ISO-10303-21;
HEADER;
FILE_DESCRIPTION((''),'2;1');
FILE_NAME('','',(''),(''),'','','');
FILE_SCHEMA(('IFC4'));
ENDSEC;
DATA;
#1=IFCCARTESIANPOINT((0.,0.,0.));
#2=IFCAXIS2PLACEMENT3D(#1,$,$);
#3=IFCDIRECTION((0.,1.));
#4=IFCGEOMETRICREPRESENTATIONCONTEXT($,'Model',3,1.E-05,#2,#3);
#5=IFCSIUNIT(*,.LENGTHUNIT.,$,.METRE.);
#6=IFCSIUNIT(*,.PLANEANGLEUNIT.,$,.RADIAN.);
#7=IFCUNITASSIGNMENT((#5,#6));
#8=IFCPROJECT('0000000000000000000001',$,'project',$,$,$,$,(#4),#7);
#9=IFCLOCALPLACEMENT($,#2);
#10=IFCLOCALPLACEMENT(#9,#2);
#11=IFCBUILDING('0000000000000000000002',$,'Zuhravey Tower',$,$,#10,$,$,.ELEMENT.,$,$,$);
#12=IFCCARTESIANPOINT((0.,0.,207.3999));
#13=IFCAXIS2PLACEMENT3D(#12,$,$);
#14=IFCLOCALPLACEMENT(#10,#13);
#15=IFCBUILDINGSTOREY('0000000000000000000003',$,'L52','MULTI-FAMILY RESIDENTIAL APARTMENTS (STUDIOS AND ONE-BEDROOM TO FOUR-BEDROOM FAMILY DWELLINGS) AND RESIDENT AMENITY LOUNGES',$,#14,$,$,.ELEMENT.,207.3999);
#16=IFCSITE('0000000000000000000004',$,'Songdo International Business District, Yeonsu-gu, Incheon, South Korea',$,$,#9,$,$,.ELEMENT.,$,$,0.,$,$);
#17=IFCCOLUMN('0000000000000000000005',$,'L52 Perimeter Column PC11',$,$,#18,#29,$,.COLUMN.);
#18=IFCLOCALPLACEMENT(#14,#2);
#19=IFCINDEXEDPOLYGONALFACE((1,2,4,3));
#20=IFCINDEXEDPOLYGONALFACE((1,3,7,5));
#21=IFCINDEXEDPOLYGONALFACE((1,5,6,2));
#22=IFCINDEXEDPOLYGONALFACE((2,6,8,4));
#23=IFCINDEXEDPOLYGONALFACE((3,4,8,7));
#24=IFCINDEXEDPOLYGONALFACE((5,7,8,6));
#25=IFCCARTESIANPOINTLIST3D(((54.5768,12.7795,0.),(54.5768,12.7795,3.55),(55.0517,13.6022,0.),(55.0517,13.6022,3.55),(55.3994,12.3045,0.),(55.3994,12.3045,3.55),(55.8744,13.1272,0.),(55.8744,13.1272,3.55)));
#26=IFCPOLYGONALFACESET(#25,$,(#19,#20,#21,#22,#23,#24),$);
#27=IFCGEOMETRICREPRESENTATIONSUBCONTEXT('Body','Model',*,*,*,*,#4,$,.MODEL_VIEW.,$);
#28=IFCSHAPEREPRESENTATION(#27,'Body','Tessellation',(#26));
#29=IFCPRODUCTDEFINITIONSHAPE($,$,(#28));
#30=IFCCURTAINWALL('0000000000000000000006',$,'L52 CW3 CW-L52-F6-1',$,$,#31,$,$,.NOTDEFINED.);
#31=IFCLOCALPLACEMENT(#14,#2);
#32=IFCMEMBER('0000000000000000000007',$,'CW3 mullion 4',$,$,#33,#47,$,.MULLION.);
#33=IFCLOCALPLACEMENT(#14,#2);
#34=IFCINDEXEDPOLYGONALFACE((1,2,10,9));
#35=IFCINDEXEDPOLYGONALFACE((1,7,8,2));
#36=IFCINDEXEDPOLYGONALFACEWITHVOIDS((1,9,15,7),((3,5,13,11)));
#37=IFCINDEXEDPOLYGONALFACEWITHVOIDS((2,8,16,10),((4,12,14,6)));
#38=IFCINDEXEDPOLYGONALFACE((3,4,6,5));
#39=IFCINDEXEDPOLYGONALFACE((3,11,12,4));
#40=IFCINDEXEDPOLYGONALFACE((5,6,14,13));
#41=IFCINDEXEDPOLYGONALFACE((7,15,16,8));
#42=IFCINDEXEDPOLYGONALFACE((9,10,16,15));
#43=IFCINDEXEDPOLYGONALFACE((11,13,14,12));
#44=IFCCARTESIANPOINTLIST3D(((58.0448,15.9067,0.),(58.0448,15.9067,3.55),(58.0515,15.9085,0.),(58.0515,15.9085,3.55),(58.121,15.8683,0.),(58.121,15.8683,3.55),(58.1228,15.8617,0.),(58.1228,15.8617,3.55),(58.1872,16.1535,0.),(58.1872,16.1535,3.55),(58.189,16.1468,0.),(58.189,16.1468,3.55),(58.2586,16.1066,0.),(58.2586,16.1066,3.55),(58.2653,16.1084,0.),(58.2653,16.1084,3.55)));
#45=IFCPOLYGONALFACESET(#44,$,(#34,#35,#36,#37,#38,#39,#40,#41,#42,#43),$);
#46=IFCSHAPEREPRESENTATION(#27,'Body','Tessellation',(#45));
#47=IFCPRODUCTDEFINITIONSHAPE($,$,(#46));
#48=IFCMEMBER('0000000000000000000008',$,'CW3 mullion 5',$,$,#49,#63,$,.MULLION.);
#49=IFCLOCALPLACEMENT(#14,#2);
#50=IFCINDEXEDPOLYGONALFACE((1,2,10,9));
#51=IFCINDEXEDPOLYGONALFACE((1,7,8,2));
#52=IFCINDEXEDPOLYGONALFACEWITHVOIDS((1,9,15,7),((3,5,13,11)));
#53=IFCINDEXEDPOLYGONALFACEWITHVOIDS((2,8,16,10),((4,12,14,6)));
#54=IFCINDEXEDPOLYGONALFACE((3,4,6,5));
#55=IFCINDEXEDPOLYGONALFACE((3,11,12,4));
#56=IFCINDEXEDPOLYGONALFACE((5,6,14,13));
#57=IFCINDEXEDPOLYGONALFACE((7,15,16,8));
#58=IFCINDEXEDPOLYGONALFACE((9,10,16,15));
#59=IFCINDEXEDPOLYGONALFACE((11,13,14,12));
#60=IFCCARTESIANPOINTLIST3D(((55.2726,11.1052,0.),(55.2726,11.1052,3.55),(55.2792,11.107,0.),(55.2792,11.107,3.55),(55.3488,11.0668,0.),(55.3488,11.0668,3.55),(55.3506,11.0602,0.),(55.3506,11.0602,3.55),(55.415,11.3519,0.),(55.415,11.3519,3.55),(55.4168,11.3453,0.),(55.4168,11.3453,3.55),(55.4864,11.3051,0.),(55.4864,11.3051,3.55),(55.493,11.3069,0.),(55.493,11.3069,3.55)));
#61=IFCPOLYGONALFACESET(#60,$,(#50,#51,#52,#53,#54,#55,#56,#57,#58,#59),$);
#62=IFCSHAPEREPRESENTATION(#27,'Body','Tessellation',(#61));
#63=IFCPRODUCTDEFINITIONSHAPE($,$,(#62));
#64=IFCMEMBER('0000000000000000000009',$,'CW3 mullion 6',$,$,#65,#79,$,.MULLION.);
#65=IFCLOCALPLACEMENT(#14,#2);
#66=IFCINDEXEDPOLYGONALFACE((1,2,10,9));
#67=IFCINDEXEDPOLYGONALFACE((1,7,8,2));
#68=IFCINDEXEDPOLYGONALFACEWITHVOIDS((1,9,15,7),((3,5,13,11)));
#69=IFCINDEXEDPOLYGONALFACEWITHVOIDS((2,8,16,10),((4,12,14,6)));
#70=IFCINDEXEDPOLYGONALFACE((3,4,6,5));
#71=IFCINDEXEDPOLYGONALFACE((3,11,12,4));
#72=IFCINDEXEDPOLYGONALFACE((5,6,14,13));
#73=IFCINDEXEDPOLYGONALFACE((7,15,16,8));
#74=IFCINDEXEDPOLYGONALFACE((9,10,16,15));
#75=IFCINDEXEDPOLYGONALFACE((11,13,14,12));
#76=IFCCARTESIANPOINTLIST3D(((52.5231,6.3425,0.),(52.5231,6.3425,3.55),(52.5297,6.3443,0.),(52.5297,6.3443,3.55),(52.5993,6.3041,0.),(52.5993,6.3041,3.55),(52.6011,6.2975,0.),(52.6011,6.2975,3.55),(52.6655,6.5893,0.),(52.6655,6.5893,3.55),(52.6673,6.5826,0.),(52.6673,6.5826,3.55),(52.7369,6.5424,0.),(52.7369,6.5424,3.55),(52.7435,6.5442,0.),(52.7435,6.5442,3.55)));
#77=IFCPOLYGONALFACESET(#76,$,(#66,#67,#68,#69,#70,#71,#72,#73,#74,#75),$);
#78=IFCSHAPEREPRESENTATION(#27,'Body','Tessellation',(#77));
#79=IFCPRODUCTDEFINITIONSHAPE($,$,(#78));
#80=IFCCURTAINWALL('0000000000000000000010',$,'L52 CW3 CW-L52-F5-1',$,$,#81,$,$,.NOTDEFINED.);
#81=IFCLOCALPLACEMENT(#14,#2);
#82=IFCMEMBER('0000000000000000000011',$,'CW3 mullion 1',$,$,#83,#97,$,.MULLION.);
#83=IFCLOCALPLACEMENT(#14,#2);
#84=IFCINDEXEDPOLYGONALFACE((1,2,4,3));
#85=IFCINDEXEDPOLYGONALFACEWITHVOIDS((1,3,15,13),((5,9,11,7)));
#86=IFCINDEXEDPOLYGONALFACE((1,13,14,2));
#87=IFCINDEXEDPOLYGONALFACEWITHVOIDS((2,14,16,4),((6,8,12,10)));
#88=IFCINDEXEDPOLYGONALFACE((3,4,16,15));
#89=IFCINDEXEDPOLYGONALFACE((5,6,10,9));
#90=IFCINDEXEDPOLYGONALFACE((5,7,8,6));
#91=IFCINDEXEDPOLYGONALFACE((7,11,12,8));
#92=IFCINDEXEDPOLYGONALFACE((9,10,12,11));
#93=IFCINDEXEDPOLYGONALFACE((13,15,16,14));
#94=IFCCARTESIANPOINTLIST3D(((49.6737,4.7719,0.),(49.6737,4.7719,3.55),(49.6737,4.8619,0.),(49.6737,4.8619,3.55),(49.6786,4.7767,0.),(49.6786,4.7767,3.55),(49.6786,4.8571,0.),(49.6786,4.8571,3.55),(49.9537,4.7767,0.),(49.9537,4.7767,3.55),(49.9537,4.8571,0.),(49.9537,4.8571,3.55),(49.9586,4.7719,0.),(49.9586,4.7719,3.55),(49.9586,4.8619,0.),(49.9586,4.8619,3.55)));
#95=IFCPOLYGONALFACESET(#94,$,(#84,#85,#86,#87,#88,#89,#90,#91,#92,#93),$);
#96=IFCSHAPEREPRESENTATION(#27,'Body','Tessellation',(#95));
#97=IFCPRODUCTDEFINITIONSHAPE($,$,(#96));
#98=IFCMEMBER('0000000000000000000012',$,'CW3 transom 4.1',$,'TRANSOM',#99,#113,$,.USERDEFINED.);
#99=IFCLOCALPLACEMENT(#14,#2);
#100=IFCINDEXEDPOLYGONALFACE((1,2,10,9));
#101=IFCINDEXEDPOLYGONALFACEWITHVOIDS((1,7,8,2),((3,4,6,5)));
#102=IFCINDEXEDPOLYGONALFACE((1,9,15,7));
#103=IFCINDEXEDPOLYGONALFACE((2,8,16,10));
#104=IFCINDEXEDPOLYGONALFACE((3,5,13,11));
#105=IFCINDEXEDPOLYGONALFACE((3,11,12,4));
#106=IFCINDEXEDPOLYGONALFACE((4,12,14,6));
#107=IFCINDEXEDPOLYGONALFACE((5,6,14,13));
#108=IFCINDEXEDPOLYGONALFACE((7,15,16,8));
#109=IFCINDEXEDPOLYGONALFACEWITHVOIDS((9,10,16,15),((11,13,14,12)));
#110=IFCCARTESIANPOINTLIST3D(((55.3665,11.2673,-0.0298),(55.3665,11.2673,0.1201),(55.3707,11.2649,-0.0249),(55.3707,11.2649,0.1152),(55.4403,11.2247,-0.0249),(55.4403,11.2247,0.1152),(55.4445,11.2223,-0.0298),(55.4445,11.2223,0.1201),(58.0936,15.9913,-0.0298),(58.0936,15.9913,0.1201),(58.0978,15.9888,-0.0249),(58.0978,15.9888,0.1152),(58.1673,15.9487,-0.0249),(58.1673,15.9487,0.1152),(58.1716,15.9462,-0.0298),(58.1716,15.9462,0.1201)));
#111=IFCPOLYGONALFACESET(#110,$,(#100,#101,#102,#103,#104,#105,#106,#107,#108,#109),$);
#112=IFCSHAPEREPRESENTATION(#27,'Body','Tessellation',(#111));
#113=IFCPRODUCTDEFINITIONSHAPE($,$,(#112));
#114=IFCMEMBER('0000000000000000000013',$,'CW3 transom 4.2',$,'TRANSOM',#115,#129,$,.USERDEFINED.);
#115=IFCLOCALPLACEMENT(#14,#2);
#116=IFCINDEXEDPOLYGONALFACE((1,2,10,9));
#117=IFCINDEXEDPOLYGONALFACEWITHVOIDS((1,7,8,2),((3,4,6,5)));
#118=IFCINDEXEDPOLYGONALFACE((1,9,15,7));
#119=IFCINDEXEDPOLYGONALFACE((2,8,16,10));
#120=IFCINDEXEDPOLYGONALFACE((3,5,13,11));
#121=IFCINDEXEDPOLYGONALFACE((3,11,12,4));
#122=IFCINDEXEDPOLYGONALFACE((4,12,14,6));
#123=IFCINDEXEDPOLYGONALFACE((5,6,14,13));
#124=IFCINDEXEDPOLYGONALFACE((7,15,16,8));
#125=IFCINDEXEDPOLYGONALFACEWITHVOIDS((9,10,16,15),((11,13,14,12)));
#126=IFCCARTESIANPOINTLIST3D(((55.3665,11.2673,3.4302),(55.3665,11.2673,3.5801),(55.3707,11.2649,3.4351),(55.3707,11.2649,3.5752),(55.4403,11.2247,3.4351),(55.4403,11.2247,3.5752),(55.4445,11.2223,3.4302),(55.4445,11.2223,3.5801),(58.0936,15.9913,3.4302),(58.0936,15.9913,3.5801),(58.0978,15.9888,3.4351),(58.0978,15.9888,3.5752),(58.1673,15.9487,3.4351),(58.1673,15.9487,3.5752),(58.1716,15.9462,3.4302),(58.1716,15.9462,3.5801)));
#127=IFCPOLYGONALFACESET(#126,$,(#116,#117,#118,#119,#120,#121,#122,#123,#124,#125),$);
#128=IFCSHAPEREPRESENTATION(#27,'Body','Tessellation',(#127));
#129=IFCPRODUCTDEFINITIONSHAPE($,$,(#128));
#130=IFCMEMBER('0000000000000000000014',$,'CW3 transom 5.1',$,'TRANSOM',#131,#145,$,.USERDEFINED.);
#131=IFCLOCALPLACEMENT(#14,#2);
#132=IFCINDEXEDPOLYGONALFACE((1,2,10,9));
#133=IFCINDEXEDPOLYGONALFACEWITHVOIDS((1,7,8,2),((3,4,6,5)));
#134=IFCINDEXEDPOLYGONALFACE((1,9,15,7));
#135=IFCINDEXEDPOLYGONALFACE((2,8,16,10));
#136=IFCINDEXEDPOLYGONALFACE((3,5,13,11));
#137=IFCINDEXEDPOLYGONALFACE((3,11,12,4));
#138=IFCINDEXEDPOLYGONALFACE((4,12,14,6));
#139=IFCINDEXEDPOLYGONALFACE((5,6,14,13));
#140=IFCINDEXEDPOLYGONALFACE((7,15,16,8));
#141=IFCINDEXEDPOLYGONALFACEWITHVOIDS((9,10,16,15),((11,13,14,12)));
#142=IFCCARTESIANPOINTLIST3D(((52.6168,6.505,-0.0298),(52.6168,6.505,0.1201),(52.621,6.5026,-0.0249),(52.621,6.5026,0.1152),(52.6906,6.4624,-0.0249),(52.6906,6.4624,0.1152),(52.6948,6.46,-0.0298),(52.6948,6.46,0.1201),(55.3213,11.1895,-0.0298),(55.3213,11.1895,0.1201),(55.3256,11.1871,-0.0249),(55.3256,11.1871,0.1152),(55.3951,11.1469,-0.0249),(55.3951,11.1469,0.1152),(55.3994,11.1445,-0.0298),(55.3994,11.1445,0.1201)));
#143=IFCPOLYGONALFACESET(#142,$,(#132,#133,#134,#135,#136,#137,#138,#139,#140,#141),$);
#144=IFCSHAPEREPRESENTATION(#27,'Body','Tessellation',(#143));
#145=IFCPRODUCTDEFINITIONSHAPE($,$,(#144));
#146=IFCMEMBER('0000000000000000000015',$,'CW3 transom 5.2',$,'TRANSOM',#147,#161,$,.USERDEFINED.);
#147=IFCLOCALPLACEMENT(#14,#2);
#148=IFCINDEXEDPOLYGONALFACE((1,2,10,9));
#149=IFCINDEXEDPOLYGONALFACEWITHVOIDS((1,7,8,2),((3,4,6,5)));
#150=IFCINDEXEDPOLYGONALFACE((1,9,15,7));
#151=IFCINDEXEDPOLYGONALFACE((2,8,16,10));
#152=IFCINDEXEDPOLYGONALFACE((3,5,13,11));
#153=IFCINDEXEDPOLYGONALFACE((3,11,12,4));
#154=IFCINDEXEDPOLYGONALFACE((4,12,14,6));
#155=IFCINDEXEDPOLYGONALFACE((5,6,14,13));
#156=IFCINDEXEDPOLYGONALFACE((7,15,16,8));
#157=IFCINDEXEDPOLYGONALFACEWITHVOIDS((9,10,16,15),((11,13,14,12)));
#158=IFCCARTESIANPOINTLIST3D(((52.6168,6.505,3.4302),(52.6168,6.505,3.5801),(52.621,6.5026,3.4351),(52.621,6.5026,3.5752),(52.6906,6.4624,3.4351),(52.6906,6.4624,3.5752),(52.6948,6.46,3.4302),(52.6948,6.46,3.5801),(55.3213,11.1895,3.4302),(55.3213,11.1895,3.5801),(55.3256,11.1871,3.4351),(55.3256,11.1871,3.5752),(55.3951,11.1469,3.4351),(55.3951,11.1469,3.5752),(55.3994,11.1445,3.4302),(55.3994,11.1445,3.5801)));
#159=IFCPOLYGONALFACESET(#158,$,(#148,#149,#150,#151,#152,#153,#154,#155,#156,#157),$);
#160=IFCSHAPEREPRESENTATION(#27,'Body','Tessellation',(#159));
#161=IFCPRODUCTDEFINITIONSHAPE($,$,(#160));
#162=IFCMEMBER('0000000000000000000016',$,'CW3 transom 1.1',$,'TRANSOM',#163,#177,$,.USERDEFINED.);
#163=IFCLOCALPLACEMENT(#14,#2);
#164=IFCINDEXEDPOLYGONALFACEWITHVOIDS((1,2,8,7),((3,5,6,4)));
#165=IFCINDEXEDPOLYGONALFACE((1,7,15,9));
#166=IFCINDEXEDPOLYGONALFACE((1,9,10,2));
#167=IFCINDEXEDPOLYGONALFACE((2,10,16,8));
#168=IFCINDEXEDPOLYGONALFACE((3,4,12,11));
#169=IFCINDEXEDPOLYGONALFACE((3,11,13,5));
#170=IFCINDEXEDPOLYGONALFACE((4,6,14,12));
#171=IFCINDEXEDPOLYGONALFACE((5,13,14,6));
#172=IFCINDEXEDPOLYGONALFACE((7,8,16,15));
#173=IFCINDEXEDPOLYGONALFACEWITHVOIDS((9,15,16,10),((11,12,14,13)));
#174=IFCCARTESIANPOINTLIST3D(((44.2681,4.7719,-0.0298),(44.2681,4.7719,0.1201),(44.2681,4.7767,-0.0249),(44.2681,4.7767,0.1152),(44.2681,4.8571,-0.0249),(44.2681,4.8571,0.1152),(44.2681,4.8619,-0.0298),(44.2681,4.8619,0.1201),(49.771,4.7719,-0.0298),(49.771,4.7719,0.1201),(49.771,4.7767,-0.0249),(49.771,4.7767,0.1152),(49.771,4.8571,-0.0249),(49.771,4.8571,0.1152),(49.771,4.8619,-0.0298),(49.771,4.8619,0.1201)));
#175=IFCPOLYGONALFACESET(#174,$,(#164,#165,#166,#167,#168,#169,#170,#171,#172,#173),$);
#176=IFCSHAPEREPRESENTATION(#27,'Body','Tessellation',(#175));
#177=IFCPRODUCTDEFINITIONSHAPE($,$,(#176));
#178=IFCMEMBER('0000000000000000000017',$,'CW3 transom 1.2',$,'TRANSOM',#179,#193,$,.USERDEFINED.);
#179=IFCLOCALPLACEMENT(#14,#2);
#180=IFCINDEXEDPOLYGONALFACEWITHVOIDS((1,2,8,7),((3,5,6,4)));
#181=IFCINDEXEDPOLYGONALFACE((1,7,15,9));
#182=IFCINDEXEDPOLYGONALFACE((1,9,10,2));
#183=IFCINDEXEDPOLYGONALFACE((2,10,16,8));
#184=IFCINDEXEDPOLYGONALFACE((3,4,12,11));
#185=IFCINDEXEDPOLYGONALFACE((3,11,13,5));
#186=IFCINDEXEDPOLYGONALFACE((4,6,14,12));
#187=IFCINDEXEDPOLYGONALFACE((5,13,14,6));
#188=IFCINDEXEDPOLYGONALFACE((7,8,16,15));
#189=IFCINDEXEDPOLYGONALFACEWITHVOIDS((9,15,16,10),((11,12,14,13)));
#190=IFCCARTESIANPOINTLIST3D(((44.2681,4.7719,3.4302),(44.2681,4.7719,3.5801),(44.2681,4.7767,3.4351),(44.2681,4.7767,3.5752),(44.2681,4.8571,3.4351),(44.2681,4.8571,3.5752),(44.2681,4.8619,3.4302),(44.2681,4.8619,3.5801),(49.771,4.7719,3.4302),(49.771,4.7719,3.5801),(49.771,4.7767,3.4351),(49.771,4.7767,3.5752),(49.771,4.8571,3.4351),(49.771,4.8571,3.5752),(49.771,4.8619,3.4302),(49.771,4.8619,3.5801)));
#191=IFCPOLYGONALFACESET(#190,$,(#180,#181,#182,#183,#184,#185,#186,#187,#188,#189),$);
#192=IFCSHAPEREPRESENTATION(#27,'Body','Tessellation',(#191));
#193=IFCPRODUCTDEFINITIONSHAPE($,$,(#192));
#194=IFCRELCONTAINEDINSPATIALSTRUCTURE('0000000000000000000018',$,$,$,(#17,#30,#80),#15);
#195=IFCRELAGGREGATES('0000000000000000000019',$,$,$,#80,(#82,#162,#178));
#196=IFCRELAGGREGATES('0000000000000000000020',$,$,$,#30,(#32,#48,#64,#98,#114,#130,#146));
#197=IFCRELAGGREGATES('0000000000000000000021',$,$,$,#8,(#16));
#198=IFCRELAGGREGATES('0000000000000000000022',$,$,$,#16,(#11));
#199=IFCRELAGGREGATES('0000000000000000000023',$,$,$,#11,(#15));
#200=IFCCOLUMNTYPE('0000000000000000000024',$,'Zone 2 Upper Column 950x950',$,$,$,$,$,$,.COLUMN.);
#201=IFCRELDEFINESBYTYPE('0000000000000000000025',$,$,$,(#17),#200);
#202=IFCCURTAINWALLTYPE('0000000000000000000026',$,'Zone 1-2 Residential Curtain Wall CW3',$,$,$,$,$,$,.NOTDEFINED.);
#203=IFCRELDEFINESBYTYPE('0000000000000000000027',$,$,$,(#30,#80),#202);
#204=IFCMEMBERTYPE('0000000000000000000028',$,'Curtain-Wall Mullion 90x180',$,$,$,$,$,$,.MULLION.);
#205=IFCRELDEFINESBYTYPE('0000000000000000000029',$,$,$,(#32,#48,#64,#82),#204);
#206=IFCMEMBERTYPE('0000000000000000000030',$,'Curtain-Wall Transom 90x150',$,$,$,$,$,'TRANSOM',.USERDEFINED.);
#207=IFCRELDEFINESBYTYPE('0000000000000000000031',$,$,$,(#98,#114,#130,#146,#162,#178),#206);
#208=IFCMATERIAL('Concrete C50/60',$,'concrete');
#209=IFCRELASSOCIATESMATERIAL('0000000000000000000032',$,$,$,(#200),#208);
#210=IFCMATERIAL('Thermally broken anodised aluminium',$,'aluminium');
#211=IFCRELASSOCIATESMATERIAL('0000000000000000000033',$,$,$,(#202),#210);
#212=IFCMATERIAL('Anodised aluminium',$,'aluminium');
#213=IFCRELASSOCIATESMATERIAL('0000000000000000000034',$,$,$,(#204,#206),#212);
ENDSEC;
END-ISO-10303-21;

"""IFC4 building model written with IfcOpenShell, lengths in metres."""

from ifc_helpers import new_model, si_unit, direction, frame, origin, origin_2d, place, context, subcontext, project, spatial, rectangle, hollow_rectangle, extrude, material, material_profile, profile_set, type_object, element, aggregate, save


model = new_model("IFC4")

# Units and contexts
model_context = context("Model", 3, precision=1e-05, world=origin(), true_north=direction((0.0, 1.0)))
body_context = subcontext(model_context, "Body", "Model", "MODEL_VIEW")
ifc_project = project(units=[si_unit("LENGTHUNIT", "METRE"), si_unit("PLANEANGLEUNIT", "RADIAN")], contexts=[model_context])

# Site, building, storey
site_placement = place(None, origin())
site = spatial("IfcSite", under=ifc_project, at=site_placement, Name="Songdo International Business District, Yeonsu-gu, Incheon, South Korea", CompositionType="ELEMENT", RefElevation=0.0)
building_placement = place(site_placement, origin())
building = spatial("IfcBuilding", under=site, at=building_placement, Name="Zuhravey Tower", CompositionType="ELEMENT")
storey_placement = place(building_placement, frame((0.0, 0.0, 207.3999)))
storey = spatial("IfcBuildingStorey", under=building, at=storey_placement, Name="L52", Description="MULTI-FAMILY RESIDENTIAL APARTMENTS (STUDIOS AND ONE-BEDROOM TO FOUR-BEDROOM FAMILY DWELLINGS) AND RESIDENT AMENITY LOUNGES", CompositionType="ELEMENT", Elevation=207.3999)

# Column
ifc_material_1 = material(Name="Concrete C50/60", Category="concrete")
ifc_material_profile_1 = material_profile(ifc_material_1, rectangle(XDim=0.95, YDim=0.95, at=origin_2d()), Name="RC-950x950")
ifc_profile_set_1 = profile_set([ifc_material_profile_1], Name="Concrete C50/60")
column_type = type_object("IfcColumnType", Name="Zone 2 Upper Column 950x950", PredefinedType="COLUMN", material=ifc_profile_set_1)
column_placement = place(storey_placement, frame((55.2256, 12.9534, 0.0), z_axis=(0.0, 0.0, 1.0), x_axis=(0.5, 0.866025, 0.0)))
element("IfcColumn", 1, at=column_placement, inside=storey, type_object=column_type, Name="L52 Perimeter Column PC11", PredefinedType="COLUMN", context=body_context, shape_type="SweptSolid", body=[
    extrude(rectangle(XDim=0.95, YDim=0.95, at=origin_2d()), origin(), (0.0, 0.0, 1.0), 3.55),
])

# Curtain wall, members
ifc_material_2 = material(Name="Thermally broken anodised aluminium", Category="aluminium")
curtain_wall_type = type_object("IfcCurtainWallType", Name="Zone 1-2 Residential Curtain Wall CW3", PredefinedType="NOTDEFINED", material=ifc_material_2)
curtain_wall_1_placement = place(storey_placement, origin())
curtain_wall_1 = element("IfcCurtainWall", 2, at=curtain_wall_1_placement, inside=storey, type_object=curtain_wall_type, Name="L52 CW3 CW-L52-F6-1", PredefinedType="NOTDEFINED")
ifc_material_3 = material(Name="Anodised aluminium", Category="aluminium")
ifc_material_profile_2 = material_profile(ifc_material_3, hollow_rectangle(XDim=0.0901, YDim=0.2849, WallThickness=0.0049, at=origin_2d()), Name="ALU-RHS-90x285x5")
ifc_profile_set_2 = profile_set([ifc_material_profile_2], Name="Anodised aluminium")
member_type_1 = type_object("IfcMemberType", Name="Curtain-Wall Mullion 90x180", PredefinedType="MULLION", material=ifc_profile_set_2)
member_1_placement = place(storey_placement, frame((58.155, 16.0076, 0.0), z_axis=(0.0, 0.0, 1.0), x_axis=(0.866025, -0.5, 0.0)))
member_1 = element("IfcMember", 3, at=member_1_placement, type_object=member_type_1, Name="CW3 mullion 4", PredefinedType="MULLION", context=body_context, shape_type="SweptSolid", body=[
    extrude(hollow_rectangle(XDim=0.0901, YDim=0.2849, WallThickness=0.0049, at=origin_2d()), origin(), (0.0, 0.0, 1.0), 3.55),
])
member_2_placement = place(storey_placement, frame((55.3828, 11.2061, 0.0), z_axis=(0.0, 0.0, 1.0), x_axis=(0.866025, -0.5, 0.0)))
member_2 = element("IfcMember", 4, at=member_2_placement, type_object=member_type_1, Name="CW3 mullion 5", PredefinedType="MULLION", context=body_context, shape_type="SweptSolid", body=[
    extrude(hollow_rectangle(XDim=0.0901, YDim=0.2849, WallThickness=0.0049, at=origin_2d()), origin(), (0.0, 0.0, 1.0), 3.55),
])
member_3_placement = place(storey_placement, frame((52.6333, 6.4434, 0.0), z_axis=(0.0, 0.0, 1.0), x_axis=(0.866025, -0.5, 0.0)))
member_3 = element("IfcMember", 5, at=member_3_placement, type_object=member_type_1, Name="CW3 mullion 6", PredefinedType="MULLION", context=body_context, shape_type="SweptSolid", body=[
    extrude(hollow_rectangle(XDim=0.0901, YDim=0.2849, WallThickness=0.0049, at=origin_2d()), origin(), (0.0, 0.0, 1.0), 3.55),
])

# Curtain wall, member
curtain_wall_2_placement = place(storey_placement, origin())
curtain_wall_2 = element("IfcCurtainWall", 6, at=curtain_wall_2_placement, inside=storey, type_object=curtain_wall_type, Name="L52 CW3 CW-L52-F5-1", PredefinedType="NOTDEFINED")
member_4_placement = place(storey_placement, frame((49.8162, 4.8169, 0.0), z_axis=(0.0, 0.0, 1.0), x_axis=(0.0, -1.0, 0.0)))
member_4 = element("IfcMember", 7, at=member_4_placement, type_object=member_type_1, Name="CW3 mullion 1", PredefinedType="MULLION", context=body_context, shape_type="SweptSolid", body=[
    extrude(hollow_rectangle(XDim=0.0901, YDim=0.2849, WallThickness=0.0049, at=origin_2d()), origin(), (0.0, 0.0, 1.0), 3.55),
])

# Members
ifc_material_profile_3 = material_profile(ifc_material_3, hollow_rectangle(XDim=0.0901, YDim=0.1499, WallThickness=0.0049, at=origin_2d()), Name="ALU-RHS-90x150x5")
ifc_profile_set_3 = profile_set([ifc_material_profile_3], Name="Anodised aluminium")
member_type_2 = type_object("IfcMemberType", Name="Curtain-Wall Transom 90x150", ElementType="TRANSOM", PredefinedType="USERDEFINED", material=ifc_profile_set_3)
member_5_placement = place(storey_placement, frame((58.1326, 15.9688, 0.0452), z_axis=(-0.499961, -0.866048, 0.0), x_axis=(0.866048, -0.499961, 0.0)))
member_5 = element("IfcMember", 8, at=member_5_placement, type_object=member_type_2, Name="CW3 transom 4.1", ObjectType="TRANSOM", PredefinedType="USERDEFINED", context=body_context, shape_type="SweptSolid", body=[
    extrude(hollow_rectangle(XDim=0.0901, YDim=0.1499, WallThickness=0.0049, at=origin_2d()), origin(), (0.0, 0.0, 1.0), 5.4546),
])
member_6_placement = place(storey_placement, frame((58.1326, 15.9688, 3.5051), z_axis=(-0.499961, -0.866048, 0.0), x_axis=(0.866048, -0.499961, 0.0)))
member_6 = element("IfcMember", 9, at=member_6_placement, type_object=member_type_2, Name="CW3 transom 4.2", ObjectType="TRANSOM", PredefinedType="USERDEFINED", context=body_context, shape_type="SweptSolid", body=[
    extrude(hollow_rectangle(XDim=0.0901, YDim=0.1499, WallThickness=0.0049, at=origin_2d()), origin(), (0.0, 0.0, 1.0), 5.4546),
])
member_7_placement = place(storey_placement, frame((55.3604, 11.167, 0.0452), z_axis=(-0.499993, -0.866029, 0.0), x_axis=(0.866029, -0.499993, 0.0)))
member_7 = element("IfcMember", 10, at=member_7_placement, type_object=member_type_2, Name="CW3 transom 5.1", ObjectType="TRANSOM", PredefinedType="USERDEFINED", context=body_context, shape_type="SweptSolid", body=[
    extrude(hollow_rectangle(XDim=0.0901, YDim=0.1499, WallThickness=0.0049, at=origin_2d()), origin(), (0.0, 0.0, 1.0), 5.4092),
])
member_8_placement = place(storey_placement, frame((55.3604, 11.167, 3.5051), z_axis=(-0.499993, -0.866029, 0.0), x_axis=(0.866029, -0.499993, 0.0)))
member_8 = element("IfcMember", 11, at=member_8_placement, type_object=member_type_2, Name="CW3 transom 5.2", ObjectType="TRANSOM", PredefinedType="USERDEFINED", context=body_context, shape_type="SweptSolid", body=[
    extrude(hollow_rectangle(XDim=0.0901, YDim=0.1499, WallThickness=0.0049, at=origin_2d()), origin(), (0.0, 0.0, 1.0), 5.4092),
])
member_9_placement = place(storey_placement, frame((49.771, 4.8169, 0.0452), z_axis=(-1.0, 0.0, 0.0), x_axis=(0.0, -1.0, 0.0)))
member_9 = element("IfcMember", 12, at=member_9_placement, type_object=member_type_2, Name="CW3 transom 1.1", ObjectType="TRANSOM", PredefinedType="USERDEFINED", context=body_context, shape_type="SweptSolid", body=[
    extrude(hollow_rectangle(XDim=0.0901, YDim=0.1499, WallThickness=0.0049, at=origin_2d()), origin(), (0.0, 0.0, 1.0), 5.5029),
])
member_10_placement = place(storey_placement, frame((49.771, 4.8169, 3.5051), z_axis=(-1.0, 0.0, 0.0), x_axis=(0.0, -1.0, 0.0)))
member_10 = element("IfcMember", 13, at=member_10_placement, type_object=member_type_2, Name="CW3 transom 1.2", ObjectType="TRANSOM", PredefinedType="USERDEFINED", context=body_context, shape_type="SweptSolid", body=[
    extrude(hollow_rectangle(XDim=0.0901, YDim=0.1499, WallThickness=0.0049, at=origin_2d()), origin(), (0.0, 0.0, 1.0), 5.5029),
])
aggregate(curtain_wall_2, [member_4, member_9, member_10])

aggregate(curtain_wall_1, [member_1, member_2, member_3, member_5, member_6, member_7, member_8])

save(model, "model.ifc")
